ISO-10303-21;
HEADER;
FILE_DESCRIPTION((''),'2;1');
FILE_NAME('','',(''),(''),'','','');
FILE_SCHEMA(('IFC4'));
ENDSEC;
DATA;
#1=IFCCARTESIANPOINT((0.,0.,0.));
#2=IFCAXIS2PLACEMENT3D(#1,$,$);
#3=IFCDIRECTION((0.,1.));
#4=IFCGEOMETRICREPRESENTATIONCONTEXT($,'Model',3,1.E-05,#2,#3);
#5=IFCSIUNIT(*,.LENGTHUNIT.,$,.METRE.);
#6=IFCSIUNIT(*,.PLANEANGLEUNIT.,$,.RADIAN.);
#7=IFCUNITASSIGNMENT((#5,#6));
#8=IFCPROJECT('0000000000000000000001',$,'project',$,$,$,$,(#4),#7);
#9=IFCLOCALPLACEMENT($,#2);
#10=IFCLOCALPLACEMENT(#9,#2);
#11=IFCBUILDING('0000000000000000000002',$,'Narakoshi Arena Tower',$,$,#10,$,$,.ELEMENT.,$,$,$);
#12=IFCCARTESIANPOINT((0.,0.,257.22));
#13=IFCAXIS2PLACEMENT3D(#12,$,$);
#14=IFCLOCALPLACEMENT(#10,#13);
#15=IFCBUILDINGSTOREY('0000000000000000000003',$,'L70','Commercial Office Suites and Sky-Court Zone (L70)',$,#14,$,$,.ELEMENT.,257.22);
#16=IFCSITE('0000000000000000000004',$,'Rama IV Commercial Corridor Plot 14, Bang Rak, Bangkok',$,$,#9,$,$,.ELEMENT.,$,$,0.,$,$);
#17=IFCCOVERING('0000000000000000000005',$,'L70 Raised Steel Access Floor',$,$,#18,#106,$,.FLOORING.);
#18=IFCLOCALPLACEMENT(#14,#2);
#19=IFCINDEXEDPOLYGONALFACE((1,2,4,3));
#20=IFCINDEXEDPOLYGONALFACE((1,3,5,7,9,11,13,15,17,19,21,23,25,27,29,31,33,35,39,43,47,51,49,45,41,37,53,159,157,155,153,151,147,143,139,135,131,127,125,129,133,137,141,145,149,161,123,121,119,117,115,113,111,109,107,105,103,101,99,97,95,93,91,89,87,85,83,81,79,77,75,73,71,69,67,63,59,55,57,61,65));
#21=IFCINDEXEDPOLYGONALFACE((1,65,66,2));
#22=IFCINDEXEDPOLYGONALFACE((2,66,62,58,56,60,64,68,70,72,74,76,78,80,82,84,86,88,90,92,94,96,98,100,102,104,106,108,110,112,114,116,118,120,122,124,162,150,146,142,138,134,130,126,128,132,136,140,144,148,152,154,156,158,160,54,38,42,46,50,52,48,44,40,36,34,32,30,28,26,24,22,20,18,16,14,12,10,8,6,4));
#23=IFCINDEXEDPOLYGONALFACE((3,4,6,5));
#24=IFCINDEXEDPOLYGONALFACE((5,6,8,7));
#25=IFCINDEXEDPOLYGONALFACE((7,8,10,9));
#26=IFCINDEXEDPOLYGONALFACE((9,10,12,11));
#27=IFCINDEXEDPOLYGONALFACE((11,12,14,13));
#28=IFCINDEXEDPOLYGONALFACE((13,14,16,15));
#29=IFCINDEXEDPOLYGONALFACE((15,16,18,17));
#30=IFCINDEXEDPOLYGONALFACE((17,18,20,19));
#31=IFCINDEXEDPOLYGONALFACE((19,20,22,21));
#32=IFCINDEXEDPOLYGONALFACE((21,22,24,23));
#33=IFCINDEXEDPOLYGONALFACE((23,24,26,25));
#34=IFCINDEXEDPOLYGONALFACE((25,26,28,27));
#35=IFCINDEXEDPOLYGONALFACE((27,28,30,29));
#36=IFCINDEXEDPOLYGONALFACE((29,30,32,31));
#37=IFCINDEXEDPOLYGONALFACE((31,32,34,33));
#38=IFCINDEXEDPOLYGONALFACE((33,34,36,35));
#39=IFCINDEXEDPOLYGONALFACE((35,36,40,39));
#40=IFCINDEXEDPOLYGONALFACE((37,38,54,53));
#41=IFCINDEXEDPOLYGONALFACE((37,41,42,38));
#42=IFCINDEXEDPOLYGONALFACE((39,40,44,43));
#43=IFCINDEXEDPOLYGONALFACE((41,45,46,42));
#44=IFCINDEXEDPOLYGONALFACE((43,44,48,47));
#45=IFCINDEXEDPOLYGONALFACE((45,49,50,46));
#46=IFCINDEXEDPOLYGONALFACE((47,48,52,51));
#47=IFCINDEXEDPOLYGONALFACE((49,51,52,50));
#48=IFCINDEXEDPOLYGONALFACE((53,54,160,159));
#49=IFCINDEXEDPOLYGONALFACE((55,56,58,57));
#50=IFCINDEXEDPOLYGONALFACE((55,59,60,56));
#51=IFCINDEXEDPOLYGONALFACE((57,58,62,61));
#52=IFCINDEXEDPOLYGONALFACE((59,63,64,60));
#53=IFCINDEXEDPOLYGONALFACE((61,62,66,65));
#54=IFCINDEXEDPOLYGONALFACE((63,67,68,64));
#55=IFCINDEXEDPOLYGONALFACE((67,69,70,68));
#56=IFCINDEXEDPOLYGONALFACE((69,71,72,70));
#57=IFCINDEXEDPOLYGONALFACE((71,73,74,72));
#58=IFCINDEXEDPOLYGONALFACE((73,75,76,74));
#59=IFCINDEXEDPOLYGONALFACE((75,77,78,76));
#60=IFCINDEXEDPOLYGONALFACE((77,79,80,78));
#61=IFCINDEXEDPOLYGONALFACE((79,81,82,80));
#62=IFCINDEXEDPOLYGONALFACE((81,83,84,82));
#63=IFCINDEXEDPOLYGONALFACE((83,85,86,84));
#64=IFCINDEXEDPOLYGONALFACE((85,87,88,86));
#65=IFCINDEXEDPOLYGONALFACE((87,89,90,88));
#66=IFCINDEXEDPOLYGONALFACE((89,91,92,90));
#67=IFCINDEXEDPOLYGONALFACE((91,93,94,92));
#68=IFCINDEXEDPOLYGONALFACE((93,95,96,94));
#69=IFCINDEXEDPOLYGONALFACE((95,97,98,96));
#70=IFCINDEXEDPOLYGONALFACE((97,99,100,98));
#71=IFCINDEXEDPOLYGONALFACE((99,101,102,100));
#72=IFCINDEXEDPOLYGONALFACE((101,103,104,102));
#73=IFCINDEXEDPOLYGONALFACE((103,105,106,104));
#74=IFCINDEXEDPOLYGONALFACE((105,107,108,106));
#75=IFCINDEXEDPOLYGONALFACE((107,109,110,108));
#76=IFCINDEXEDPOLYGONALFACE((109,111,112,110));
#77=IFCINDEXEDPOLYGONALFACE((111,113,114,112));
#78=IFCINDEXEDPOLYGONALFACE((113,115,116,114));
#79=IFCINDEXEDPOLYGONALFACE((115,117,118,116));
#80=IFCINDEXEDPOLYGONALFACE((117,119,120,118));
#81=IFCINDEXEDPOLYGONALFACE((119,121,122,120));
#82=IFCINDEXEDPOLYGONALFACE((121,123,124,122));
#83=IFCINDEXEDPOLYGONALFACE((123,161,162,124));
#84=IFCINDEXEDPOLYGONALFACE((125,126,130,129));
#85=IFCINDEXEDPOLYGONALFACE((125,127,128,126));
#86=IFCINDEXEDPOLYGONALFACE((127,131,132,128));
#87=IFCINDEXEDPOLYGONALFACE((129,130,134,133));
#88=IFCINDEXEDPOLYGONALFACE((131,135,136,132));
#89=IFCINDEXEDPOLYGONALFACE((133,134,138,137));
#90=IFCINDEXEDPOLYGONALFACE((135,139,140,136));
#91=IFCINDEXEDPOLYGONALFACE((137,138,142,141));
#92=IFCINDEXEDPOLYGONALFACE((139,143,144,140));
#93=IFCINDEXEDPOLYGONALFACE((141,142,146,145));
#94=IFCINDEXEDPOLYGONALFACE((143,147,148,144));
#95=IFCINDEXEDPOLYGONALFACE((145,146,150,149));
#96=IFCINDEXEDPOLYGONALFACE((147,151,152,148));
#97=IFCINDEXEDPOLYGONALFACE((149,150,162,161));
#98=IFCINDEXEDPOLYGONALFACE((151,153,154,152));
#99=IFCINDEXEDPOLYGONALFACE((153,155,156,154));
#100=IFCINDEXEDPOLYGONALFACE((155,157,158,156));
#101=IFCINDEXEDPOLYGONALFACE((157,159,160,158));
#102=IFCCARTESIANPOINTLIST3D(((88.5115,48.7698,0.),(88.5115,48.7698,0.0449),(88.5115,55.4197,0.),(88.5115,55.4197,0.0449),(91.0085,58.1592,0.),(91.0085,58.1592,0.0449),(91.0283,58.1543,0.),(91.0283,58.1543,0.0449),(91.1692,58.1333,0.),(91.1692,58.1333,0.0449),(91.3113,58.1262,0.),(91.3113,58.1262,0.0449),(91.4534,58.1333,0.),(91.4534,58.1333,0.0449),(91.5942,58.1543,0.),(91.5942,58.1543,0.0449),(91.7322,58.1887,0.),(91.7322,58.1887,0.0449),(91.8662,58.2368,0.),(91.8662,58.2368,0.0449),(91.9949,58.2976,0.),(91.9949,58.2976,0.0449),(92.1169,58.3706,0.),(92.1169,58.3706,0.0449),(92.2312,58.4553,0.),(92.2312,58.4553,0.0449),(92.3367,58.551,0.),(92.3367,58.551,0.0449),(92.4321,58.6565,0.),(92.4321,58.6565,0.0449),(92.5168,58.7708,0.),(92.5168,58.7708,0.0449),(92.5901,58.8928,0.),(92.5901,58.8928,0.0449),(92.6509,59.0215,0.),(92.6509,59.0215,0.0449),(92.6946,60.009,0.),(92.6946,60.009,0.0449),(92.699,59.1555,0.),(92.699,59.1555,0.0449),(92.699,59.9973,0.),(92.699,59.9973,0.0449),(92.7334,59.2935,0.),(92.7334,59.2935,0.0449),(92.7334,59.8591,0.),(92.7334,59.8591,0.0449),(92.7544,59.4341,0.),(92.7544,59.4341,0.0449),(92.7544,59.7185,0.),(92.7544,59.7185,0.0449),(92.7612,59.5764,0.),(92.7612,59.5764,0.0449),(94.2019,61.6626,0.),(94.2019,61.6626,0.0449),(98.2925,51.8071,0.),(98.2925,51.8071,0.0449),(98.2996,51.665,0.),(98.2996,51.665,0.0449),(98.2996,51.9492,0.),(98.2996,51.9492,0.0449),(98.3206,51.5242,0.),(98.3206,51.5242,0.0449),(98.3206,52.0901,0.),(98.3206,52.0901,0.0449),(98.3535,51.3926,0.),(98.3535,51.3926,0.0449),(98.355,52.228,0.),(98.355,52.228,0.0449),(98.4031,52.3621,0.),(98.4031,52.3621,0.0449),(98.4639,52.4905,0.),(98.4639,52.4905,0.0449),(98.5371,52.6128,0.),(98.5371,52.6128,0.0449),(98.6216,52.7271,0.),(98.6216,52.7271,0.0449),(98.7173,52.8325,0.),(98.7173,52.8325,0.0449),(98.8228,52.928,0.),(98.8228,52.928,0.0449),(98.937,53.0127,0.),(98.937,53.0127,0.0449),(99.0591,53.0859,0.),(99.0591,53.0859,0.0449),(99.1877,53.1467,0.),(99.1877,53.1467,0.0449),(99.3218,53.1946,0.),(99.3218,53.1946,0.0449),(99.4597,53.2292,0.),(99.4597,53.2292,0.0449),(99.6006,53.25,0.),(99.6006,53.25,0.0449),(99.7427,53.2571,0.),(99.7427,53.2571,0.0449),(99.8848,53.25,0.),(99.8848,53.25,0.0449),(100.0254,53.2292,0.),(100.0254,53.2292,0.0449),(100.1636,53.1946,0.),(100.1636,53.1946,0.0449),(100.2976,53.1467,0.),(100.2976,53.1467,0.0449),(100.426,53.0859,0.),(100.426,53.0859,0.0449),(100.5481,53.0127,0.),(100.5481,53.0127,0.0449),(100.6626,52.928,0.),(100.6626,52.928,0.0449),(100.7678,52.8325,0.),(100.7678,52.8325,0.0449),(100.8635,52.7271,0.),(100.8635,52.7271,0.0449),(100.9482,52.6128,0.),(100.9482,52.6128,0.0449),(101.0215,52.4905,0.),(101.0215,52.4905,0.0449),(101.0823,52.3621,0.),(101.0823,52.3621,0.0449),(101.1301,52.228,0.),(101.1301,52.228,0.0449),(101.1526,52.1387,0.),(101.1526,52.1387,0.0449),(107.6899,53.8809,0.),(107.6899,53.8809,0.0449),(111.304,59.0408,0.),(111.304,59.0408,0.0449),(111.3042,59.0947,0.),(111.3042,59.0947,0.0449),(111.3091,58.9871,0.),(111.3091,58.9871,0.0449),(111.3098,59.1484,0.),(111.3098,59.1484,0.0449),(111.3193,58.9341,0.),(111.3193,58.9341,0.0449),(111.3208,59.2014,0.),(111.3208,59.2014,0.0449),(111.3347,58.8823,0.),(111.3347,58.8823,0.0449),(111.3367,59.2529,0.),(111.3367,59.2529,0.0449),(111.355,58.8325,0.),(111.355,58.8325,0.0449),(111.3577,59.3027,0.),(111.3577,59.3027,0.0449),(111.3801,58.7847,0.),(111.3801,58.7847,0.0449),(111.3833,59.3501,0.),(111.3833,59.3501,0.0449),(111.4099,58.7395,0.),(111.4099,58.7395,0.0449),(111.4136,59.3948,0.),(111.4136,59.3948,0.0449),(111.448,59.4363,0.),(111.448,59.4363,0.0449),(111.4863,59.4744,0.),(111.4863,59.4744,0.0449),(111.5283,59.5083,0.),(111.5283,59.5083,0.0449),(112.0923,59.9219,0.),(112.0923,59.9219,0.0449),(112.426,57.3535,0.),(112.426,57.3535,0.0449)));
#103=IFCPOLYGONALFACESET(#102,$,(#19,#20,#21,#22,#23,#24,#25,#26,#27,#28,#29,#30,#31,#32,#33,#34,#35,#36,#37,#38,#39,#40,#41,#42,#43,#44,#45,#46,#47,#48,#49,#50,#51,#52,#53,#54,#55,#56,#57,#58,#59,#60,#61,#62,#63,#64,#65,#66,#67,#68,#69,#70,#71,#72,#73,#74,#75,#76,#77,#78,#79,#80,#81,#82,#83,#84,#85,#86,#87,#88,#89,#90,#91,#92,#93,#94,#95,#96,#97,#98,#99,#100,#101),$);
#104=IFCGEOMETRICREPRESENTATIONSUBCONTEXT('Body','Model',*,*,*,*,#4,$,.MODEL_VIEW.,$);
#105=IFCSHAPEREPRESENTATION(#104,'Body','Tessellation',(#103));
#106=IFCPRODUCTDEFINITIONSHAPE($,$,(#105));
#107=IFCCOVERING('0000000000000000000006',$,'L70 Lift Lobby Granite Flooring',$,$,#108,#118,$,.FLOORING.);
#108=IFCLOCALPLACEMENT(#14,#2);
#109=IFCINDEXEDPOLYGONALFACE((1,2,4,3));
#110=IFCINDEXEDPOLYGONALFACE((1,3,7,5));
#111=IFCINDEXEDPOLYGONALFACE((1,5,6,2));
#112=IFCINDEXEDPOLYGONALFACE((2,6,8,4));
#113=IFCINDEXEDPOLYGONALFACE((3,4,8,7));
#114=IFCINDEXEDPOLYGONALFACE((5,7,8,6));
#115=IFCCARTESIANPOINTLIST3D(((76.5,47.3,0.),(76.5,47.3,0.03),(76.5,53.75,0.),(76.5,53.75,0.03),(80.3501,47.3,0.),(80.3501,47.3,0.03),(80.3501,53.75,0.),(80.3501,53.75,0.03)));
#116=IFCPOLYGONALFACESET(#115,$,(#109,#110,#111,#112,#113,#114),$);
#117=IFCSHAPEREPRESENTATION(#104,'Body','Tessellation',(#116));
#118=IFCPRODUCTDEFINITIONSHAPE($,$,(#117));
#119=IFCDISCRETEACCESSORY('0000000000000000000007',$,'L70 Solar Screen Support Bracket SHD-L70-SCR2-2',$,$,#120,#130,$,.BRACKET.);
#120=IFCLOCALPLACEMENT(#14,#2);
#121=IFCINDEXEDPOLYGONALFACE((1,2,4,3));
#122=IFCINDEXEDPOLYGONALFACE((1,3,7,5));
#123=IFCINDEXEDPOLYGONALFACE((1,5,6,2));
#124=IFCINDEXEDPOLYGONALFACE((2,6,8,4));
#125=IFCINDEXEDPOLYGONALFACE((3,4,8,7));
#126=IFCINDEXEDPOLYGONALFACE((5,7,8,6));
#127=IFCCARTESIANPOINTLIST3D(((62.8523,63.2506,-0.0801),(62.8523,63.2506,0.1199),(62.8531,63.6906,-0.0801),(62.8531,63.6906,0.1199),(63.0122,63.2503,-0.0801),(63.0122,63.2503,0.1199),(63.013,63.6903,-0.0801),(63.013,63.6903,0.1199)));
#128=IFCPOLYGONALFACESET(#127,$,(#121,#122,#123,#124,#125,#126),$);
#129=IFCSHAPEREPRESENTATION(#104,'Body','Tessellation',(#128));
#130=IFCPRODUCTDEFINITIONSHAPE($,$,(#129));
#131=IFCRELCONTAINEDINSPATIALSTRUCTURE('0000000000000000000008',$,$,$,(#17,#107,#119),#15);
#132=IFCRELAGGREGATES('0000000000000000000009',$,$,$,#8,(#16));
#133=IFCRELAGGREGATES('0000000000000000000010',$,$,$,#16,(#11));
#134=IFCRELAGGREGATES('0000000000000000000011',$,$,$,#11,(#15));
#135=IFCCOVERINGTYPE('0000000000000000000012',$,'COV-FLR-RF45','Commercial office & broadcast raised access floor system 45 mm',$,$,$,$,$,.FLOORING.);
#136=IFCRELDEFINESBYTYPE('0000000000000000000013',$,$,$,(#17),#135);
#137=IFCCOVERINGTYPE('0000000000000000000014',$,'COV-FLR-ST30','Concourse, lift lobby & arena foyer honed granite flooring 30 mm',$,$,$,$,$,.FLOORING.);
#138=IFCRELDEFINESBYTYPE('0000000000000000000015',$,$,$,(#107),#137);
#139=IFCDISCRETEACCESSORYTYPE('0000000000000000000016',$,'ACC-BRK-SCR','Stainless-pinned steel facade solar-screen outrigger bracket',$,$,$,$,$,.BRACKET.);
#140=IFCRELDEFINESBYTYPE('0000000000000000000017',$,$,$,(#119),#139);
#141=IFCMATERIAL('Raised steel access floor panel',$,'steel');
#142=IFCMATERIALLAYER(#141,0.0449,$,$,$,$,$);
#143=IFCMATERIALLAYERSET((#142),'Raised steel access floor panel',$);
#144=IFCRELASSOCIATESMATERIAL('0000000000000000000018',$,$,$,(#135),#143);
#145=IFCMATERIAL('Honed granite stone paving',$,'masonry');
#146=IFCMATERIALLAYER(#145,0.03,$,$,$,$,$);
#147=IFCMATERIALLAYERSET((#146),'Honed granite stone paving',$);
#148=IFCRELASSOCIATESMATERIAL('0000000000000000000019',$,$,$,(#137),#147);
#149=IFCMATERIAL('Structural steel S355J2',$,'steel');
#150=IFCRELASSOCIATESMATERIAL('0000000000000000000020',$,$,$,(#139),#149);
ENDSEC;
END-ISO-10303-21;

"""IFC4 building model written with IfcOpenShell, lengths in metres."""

from ifc_helpers import new_model, si_unit, direction, frame, origin, origin_2d, place, context, subcontext, project, spatial, polyline, rectangle, outline, extrude, material, layer, layer_set, type_object, element, save


model = new_model("IFC4")

# Units and contexts
model_context = context("Model", 3, precision=1e-05, world=origin(), true_north=direction((0.0, 1.0)))
body_context = subcontext(model_context, "Body", "Model", "MODEL_VIEW")
ifc_project = project(units=[si_unit("LENGTHUNIT", "METRE"), si_unit("PLANEANGLEUNIT", "RADIAN")], contexts=[model_context])

# Site, building, storey
site_placement = place(None, origin())
site = spatial("IfcSite", under=ifc_project, at=site_placement, Name="Rama IV Commercial Corridor Plot 14, Bang Rak, Bangkok", CompositionType="ELEMENT", RefElevation=0.0)
building_placement = place(site_placement, origin())
building = spatial("IfcBuilding", under=site, at=building_placement, Name="Narakoshi Arena Tower", CompositionType="ELEMENT")
storey_placement = place(building_placement, frame((0.0, 0.0, 257.22)))
storey = spatial("IfcBuildingStorey", under=building, at=storey_placement, Name="L70", Description="Commercial Office Suites and Sky-Court Zone (L70)", CompositionType="ELEMENT", Elevation=257.22)

# Shared definitions
ifc_material_1 = material(Name="Structural steel S355J2", Category="steel")

# Coverings
ifc_material_2 = material(Name="Raised steel access floor panel", Category="steel")
ifc_layer_1 = layer(ifc_material_2, 0.0449)
ifc_layer_set_1 = layer_set([ifc_layer_1], Name="Raised steel access floor panel")
covering_type_1 = type_object("IfcCoveringType", Name="COV-FLR-RF45", Description="Commercial office & broadcast raised access floor system 45 mm", PredefinedType="FLOORING", material=ifc_layer_set_1)
covering_1_placement = place(storey_placement, origin())
element("IfcCovering", 1, at=covering_1_placement, inside=storey, type_object=covering_type_1, Name="L70 Raised Steel Access Floor", PredefinedType="FLOORING", context=body_context, shape_type="SweptSolid", body=[
    extrude(outline(polyline([(111.5283, 59.5083), (111.4863, 59.4744), (111.448, 59.4363), (111.4136, 59.3948), (111.3833, 59.3501), (111.3577, 59.3027), (111.3367, 59.2529), (111.3208, 59.2014), (111.3098, 59.1484), (111.3042, 59.0947), (111.304, 59.0408), (111.3091, 58.9871), (111.3193, 58.9341), (111.3347, 58.8823), (111.355, 58.8325), (111.3801, 58.7847), (111.4099, 58.7395), (112.426, 57.3535), (107.6899, 53.8809), (101.1526, 52.1387), (101.1301, 52.228), (101.0823, 52.3621), (101.0215, 52.4905), (100.9482, 52.6128), (100.8635, 52.7271), (100.7678, 52.8325), (100.6626, 52.928), (100.5481, 53.0127), (100.426, 53.0859), (100.2976, 53.1467), (100.1636, 53.1946), (100.0254, 53.2292), (99.8848, 53.25), (99.7427, 53.2571), (99.6006, 53.25), (99.4597, 53.2292), (99.3218, 53.1946), (99.1877, 53.1467), (99.0591, 53.0859), (98.937, 53.0127), (98.8228, 52.928), (98.7173, 52.8325), (98.6216, 52.7271), (98.5371, 52.6128), (98.4639, 52.4905), (98.4031, 52.3621), (98.355, 52.228), (98.3206, 52.0901), (98.2996, 51.9492), (98.2925, 51.8071), (98.2996, 51.665), (98.3206, 51.5242), (98.3535, 51.3926), (88.5115, 48.7698), (88.5115, 55.4197), (91.0085, 58.1592), (91.0283, 58.1543), (91.1692, 58.1333), (91.3113, 58.1262), (91.4534, 58.1333), (91.5942, 58.1543), (91.7322, 58.1887), (91.8662, 58.2368), (91.9949, 58.2976), (92.1169, 58.3706), (92.2312, 58.4553), (92.3367, 58.551), (92.4321, 58.6565), (92.5168, 58.7708), (92.5901, 58.8928), (92.6509, 59.0215), (92.699, 59.1555), (92.7334, 59.2935), (92.7544, 59.4341), (92.7612, 59.5764), (92.7544, 59.7185), (92.7334, 59.8591), (92.699, 59.9973), (92.6946, 60.009), (94.2019, 61.6626), (112.0923, 59.9219), (111.5283, 59.5083)])), origin(), (0.0, 0.0, 1.0), 0.0449),
])
ifc_material_3 = material(Name="Honed granite stone paving", Category="masonry")
ifc_layer_2 = layer(ifc_material_3, 0.03)
ifc_layer_set_2 = layer_set([ifc_layer_2], Name="Honed granite stone paving")
covering_type_2 = type_object("IfcCoveringType", Name="COV-FLR-ST30", Description="Concourse, lift lobby & arena foyer honed granite flooring 30 mm", PredefinedType="FLOORING", material=ifc_layer_set_2)
covering_2_placement = place(storey_placement, origin())
element("IfcCovering", 2, at=covering_2_placement, inside=storey, type_object=covering_type_2, Name="L70 Lift Lobby Granite Flooring", PredefinedType="FLOORING", context=body_context, shape_type="SweptSolid", body=[
    extrude(outline(polyline([(76.5, 47.3), (80.3501, 47.3), (80.3501, 53.75), (76.5, 53.75), (76.5, 47.3)])), origin(), (0.0, 0.0, 1.0), 0.03),
])

# Discrete accessory
discrete_accessory_type = type_object("IfcDiscreteAccessoryType", Name="ACC-BRK-SCR", Description="Stainless-pinned steel facade solar-screen outrigger bracket", PredefinedType="BRACKET", material=ifc_material_1)
discrete_accessory_placement = place(storey_placement, frame((62.9326, 63.4705, -0.0801), z_axis=(0.0, 0.0, 1.0), x_axis=(-0.999998, 0.001815, 0.0)))
element("IfcDiscreteAccessory", 3, at=discrete_accessory_placement, inside=storey, type_object=discrete_accessory_type, Name="L70 Solar Screen Support Bracket SHD-L70-SCR2-2", PredefinedType="BRACKET", context=body_context, shape_type="SweptSolid", body=[
    extrude(rectangle(XDim=0.1599, YDim=0.4399, at=origin_2d()), origin(), (0.0, 0.0, 1.0), 0.2),
])

save(model, "model.ifc")
